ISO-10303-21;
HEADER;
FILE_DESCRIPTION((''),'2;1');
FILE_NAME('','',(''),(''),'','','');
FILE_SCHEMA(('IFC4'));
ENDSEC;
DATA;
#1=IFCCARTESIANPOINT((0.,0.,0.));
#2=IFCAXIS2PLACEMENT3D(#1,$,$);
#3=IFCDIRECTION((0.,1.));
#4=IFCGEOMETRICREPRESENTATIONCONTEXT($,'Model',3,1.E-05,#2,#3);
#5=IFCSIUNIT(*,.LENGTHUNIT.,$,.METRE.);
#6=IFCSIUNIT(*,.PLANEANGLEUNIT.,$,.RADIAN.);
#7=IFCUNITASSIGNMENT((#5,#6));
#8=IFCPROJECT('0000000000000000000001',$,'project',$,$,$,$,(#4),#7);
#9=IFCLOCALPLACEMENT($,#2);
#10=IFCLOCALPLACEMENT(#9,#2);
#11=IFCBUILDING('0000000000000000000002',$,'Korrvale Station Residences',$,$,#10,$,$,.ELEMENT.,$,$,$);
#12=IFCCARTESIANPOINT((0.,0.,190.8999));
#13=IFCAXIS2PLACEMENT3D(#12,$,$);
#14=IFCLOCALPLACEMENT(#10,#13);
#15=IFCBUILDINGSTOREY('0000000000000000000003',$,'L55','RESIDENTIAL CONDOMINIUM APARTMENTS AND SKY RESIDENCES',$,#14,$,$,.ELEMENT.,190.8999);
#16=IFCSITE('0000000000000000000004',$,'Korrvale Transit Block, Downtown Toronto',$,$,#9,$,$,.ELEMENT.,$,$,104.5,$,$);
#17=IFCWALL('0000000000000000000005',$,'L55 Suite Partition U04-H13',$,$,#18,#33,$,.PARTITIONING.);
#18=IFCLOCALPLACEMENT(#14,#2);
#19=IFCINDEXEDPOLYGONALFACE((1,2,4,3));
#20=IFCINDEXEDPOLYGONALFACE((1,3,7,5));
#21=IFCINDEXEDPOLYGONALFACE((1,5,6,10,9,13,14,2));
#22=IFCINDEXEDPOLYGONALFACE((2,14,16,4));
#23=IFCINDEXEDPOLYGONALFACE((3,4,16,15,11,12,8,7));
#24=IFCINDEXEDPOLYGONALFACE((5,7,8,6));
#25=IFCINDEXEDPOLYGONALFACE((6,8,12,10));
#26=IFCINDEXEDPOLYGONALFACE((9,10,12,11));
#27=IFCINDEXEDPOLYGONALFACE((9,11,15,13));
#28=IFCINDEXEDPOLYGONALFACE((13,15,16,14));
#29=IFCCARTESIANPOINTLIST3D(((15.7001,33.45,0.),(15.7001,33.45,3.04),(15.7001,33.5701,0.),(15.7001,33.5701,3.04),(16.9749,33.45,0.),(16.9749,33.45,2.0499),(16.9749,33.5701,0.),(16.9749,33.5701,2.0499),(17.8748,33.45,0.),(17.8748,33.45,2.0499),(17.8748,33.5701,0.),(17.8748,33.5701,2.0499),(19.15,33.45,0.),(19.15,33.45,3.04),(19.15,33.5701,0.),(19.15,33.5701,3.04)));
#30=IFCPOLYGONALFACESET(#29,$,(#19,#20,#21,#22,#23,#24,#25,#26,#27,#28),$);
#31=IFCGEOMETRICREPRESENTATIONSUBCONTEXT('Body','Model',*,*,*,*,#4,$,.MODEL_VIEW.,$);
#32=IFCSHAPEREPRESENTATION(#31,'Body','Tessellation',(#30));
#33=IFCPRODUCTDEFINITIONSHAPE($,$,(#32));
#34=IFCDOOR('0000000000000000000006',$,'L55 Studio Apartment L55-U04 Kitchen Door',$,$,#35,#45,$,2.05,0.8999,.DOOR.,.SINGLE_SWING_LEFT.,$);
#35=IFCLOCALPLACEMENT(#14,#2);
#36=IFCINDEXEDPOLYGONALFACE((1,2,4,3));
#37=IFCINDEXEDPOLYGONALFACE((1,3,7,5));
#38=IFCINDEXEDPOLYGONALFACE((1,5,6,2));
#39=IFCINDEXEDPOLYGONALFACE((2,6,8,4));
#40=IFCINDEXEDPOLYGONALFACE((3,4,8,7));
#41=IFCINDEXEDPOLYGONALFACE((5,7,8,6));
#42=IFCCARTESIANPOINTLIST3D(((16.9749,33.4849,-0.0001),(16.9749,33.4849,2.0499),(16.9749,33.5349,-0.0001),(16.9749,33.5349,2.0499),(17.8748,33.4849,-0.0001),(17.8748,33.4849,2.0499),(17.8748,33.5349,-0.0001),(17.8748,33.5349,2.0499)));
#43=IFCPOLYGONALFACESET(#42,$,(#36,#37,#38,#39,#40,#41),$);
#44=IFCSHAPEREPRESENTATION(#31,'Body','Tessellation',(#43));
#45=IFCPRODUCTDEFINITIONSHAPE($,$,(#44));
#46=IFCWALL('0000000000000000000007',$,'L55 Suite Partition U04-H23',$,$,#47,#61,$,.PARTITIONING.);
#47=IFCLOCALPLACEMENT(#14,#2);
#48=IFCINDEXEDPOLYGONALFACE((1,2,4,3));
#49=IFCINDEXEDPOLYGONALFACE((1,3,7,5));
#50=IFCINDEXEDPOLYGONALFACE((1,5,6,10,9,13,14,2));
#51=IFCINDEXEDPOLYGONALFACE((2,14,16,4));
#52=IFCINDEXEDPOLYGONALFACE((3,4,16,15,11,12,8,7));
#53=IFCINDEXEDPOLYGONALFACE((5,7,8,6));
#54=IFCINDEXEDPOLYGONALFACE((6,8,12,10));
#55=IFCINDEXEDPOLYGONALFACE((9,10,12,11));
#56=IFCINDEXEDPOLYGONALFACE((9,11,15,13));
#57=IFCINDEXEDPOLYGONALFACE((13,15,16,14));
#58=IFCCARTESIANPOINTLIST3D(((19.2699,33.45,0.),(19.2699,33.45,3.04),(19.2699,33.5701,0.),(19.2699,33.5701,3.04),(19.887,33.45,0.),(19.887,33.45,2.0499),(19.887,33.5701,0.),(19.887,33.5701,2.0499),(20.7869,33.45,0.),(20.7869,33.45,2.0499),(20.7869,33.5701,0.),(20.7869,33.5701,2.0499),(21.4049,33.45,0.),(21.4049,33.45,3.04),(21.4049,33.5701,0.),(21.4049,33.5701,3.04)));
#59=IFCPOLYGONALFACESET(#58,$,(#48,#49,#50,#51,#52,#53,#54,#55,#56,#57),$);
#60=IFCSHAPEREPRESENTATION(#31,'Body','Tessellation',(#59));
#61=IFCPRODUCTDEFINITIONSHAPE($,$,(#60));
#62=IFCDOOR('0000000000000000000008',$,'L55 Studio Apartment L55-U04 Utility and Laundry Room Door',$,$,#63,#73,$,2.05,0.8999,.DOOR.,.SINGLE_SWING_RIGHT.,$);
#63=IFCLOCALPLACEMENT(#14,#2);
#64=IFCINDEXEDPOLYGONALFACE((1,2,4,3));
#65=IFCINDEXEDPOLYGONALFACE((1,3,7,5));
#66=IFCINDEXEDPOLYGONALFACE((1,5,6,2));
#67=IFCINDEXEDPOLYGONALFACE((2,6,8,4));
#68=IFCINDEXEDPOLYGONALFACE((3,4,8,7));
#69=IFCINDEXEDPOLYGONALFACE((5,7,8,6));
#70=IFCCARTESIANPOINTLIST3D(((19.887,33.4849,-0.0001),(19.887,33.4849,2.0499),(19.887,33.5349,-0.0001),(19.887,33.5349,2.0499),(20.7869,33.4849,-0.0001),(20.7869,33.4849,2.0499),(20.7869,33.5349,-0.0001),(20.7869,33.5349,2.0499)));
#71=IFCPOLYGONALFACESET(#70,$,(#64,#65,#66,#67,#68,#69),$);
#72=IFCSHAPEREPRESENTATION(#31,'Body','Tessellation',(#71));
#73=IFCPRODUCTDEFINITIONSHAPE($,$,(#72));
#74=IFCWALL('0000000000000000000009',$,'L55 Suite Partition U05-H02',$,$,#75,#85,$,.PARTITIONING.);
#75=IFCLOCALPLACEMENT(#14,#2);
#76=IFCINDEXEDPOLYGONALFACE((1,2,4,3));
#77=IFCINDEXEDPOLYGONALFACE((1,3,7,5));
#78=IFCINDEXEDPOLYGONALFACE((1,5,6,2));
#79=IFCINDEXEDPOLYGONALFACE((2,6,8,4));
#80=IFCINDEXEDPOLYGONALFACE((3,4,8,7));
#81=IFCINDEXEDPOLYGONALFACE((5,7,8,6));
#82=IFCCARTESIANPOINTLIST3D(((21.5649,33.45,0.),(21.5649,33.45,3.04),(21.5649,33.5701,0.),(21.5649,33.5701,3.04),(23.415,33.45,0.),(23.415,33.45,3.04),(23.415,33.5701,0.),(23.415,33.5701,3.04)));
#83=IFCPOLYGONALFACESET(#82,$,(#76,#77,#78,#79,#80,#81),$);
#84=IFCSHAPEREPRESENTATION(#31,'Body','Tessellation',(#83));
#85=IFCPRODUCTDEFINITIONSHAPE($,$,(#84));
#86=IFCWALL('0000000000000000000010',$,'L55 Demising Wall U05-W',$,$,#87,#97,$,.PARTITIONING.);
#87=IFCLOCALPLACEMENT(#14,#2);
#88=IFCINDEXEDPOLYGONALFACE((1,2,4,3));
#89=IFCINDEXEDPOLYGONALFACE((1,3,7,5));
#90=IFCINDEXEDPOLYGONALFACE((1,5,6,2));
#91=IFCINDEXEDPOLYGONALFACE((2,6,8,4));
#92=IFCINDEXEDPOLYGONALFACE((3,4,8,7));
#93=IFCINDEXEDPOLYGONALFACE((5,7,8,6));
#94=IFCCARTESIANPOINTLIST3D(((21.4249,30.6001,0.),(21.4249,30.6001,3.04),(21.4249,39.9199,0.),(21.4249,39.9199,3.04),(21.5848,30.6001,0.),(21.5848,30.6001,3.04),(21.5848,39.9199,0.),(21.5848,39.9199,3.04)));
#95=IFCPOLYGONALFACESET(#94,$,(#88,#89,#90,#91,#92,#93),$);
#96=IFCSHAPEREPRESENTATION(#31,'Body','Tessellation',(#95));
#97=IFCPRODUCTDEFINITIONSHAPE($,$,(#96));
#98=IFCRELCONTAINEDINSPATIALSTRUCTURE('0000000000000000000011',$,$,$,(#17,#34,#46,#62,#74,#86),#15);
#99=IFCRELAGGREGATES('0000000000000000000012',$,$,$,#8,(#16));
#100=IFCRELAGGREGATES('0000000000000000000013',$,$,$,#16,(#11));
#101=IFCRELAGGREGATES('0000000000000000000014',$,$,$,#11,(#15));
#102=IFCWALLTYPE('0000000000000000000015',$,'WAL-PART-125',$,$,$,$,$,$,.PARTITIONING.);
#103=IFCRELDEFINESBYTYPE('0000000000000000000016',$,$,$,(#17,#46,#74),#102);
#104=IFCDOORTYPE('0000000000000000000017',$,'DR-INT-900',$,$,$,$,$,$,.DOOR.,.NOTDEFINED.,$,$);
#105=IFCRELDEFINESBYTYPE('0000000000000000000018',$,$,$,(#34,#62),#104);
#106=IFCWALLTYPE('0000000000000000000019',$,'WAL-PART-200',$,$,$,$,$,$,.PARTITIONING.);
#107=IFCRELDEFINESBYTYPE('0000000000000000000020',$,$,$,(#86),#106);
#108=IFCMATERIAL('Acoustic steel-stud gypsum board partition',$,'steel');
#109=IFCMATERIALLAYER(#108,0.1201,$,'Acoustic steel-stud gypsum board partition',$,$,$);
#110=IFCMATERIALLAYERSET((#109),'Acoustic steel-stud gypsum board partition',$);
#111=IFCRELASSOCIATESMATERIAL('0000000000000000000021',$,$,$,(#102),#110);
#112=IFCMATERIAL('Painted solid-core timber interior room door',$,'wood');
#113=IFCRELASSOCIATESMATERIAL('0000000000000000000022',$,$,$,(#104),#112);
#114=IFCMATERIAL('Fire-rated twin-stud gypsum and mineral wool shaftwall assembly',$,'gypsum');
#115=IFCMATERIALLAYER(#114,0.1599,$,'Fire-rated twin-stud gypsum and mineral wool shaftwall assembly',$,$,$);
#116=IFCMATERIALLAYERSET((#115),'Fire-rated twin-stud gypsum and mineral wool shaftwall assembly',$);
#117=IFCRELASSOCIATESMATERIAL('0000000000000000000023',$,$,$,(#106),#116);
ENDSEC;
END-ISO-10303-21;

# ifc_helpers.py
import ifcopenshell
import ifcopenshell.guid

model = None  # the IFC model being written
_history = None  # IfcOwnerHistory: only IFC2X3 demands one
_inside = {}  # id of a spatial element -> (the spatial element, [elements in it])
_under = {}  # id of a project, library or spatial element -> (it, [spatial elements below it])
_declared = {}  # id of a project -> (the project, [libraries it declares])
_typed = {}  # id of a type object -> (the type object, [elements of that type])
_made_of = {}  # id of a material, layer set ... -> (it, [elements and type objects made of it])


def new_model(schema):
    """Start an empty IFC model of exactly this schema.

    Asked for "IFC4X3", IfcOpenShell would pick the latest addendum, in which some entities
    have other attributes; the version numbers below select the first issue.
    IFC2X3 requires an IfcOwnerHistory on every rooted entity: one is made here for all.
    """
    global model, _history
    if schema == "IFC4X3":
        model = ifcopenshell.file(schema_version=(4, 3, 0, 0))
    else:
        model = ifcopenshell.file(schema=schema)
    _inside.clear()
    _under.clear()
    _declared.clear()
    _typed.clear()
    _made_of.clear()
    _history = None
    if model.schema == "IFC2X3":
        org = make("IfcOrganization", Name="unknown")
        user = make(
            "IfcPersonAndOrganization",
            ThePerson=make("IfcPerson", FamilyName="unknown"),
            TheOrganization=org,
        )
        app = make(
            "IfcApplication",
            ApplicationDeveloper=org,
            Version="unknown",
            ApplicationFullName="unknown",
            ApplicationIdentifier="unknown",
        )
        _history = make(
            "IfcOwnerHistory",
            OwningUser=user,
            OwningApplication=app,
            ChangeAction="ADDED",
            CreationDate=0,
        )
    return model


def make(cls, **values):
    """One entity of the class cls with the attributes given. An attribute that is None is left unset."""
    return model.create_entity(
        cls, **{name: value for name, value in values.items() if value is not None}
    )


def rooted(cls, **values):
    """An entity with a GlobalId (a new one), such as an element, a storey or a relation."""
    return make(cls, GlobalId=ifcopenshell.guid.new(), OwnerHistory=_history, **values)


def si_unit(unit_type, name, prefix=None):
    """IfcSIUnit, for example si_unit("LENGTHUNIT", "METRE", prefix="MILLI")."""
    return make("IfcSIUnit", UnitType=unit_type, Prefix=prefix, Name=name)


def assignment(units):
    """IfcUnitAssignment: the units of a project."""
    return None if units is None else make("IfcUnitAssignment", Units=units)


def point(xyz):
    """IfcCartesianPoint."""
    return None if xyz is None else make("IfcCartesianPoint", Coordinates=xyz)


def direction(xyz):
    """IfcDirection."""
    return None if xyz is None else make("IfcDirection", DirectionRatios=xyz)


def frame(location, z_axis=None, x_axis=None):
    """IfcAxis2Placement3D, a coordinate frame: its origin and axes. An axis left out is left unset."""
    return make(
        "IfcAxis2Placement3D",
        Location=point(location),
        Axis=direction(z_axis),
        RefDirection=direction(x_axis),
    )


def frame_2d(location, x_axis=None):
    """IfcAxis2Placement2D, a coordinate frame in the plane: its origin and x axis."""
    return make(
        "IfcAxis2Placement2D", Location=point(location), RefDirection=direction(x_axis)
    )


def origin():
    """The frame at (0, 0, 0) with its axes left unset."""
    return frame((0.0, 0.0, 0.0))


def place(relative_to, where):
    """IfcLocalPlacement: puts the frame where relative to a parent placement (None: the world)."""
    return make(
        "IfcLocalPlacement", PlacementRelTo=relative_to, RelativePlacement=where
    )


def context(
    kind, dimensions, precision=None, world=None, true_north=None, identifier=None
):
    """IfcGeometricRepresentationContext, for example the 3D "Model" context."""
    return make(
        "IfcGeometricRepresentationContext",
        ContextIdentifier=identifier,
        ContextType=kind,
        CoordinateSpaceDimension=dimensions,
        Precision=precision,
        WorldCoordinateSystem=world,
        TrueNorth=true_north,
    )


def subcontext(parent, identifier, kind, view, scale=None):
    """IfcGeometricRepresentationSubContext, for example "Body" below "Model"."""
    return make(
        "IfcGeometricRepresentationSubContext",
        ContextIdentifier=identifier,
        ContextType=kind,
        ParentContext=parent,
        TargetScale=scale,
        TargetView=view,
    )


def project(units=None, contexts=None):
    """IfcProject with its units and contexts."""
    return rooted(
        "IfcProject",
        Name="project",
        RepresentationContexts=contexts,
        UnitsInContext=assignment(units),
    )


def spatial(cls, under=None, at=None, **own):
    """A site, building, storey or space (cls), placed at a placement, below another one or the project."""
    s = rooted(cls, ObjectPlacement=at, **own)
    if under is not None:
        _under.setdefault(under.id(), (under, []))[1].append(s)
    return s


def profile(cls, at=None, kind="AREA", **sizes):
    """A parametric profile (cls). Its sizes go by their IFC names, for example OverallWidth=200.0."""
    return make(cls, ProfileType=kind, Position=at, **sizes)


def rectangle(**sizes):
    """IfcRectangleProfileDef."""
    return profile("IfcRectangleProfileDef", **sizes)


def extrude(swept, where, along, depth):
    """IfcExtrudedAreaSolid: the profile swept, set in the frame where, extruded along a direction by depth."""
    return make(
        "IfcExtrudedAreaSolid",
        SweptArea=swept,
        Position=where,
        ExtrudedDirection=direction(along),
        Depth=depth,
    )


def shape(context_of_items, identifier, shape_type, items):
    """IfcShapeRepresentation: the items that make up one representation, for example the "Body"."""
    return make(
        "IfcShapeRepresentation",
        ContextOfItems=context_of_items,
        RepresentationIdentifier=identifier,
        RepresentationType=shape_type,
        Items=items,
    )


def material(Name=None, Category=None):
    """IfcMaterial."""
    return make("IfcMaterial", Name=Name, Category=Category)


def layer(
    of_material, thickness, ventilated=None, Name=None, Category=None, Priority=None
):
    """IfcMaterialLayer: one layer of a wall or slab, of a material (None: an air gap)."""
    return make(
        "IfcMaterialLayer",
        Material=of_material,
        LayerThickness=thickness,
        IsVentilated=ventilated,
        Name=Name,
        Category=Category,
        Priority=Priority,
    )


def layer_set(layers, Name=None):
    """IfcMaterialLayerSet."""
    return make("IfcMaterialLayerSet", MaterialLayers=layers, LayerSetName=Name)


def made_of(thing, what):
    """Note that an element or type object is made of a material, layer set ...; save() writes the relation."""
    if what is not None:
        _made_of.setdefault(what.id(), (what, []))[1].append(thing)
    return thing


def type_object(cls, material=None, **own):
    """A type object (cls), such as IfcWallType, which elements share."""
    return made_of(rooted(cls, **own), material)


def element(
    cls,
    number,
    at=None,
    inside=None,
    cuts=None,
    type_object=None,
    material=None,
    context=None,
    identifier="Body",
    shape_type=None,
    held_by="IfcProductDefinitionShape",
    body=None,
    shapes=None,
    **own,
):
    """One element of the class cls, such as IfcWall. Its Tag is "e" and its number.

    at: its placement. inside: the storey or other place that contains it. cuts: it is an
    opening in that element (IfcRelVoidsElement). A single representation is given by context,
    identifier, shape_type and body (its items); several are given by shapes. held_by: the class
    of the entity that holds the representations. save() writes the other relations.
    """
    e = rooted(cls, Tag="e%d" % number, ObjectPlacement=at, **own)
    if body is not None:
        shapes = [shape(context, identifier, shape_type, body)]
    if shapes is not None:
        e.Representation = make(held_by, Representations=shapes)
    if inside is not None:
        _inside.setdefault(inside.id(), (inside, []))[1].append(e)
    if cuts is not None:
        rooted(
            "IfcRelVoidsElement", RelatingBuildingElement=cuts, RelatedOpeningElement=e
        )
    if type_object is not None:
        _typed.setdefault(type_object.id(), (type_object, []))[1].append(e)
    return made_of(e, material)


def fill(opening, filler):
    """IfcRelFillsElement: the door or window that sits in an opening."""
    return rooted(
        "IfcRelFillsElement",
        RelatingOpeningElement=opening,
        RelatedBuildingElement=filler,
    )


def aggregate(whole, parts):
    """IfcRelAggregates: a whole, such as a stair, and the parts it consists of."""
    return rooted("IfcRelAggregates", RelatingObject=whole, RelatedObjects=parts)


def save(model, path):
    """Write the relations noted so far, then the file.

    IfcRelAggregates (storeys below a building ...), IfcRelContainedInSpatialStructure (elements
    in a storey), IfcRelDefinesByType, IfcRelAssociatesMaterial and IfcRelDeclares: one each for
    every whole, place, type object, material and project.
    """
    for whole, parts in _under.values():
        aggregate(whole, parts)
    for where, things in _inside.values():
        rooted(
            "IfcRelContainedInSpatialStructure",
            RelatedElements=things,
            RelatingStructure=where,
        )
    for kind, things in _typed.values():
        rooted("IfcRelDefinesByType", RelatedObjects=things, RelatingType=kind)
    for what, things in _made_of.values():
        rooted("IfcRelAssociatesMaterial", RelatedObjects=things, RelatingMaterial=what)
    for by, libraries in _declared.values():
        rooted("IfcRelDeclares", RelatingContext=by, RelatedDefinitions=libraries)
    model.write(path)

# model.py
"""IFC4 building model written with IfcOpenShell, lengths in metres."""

from ifc_helpers import new_model, si_unit, direction, frame, frame_2d, origin, place, context, subcontext, project, spatial, rectangle, extrude, material, layer, layer_set, type_object, element, fill, save


model = new_model("IFC4")

# Units and contexts
model_context = context("Model", 3, precision=1e-05, world=origin(), true_north=direction((0.0, 1.0)))
body_context = subcontext(model_context, "Body", "Model", "MODEL_VIEW")
ifc_project = project(units=[si_unit("LENGTHUNIT", "METRE"), si_unit("PLANEANGLEUNIT", "RADIAN")], contexts=[model_context])

# Site, building, storey
site_placement = place(None, origin())
site = spatial("IfcSite", under=ifc_project, at=site_placement, Name="Korrvale Transit Block, Downtown Toronto", CompositionType="ELEMENT", RefElevation=104.5)
building_placement = place(site_placement, origin())
building = spatial("IfcBuilding", under=site, at=building_placement, Name="Korrvale Station Residences", CompositionType="ELEMENT")
storey_placement = place(building_placement, frame((0.0, 0.0, 190.8999)))
storey = spatial("IfcBuildingStorey", under=building, at=storey_placement, Name="L55", Description="RESIDENTIAL CONDOMINIUM APARTMENTS AND SKY RESIDENCES", CompositionType="ELEMENT", Elevation=190.8999)

# Walls, openings, doors
ifc_material_1 = material(Name="Acoustic steel-stud gypsum board partition", Category="steel")
ifc_layer_1 = layer(ifc_material_1, 0.1201, Name="Acoustic steel-stud gypsum board partition")
ifc_layer_set_1 = layer_set([ifc_layer_1], Name="Acoustic steel-stud gypsum board partition")
wall_type_1 = type_object("IfcWallType", Name="WAL-PART-125", PredefinedType="PARTITIONING", material=ifc_layer_set_1)
ifc_material_2 = material(Name="Painted solid-core timber interior room door", Category="wood")
door_type_1 = type_object("IfcDoorType", Name="DR-INT-900", OperationType="NOTDEFINED", PredefinedType="DOOR", material=ifc_material_2)
wall_1_placement = place(storey_placement, frame((15.7, 33.51, 0.0), z_axis=(0.0, 0.0, 1.0), x_axis=(1.0, 0.0, 0.0)))
wall_1 = element("IfcWall", 1, at=wall_1_placement, inside=storey, type_object=wall_type_1, Name="L55 Suite Partition U04-H13", PredefinedType="PARTITIONING", context=body_context, shape_type="SweptSolid", body=[
    extrude(rectangle(XDim=3.45, YDim=0.1201, at=frame_2d((1.7251, 0.0))), origin(), (0.0, 0.0, 1.0), 3.04),
])
opening_1_placement = place(wall_1_placement, frame((1.2749, 0.0, 0.0)))
opening_1 = element("IfcOpeningElement", 2, at=opening_1_placement, cuts=wall_1, PredefinedType="OPENING", context=body_context, shape_type="SweptSolid", body=[
    extrude(rectangle(XDim=0.8999, YDim=2.05, at=frame_2d((0.45, 1.0249))), frame((0.0, 0.0701, 0.0), z_axis=(0.0, -1.0, 0.0), x_axis=(1.0, 0.0, 0.0)), (0.0, 0.0, 1.0), 0.1401),
])
door_1_placement = place(opening_1_placement, origin())
door_1 = element("IfcDoor", 3, at=door_1_placement, inside=storey, type_object=door_type_1, Name="L55 Studio Apartment L55-U04 Kitchen Door", OperationType="SINGLE_SWING_LEFT", OverallHeight=2.05, OverallWidth=0.8999, PredefinedType="DOOR", context=body_context, shape_type="SweptSolid", body=[
    extrude(rectangle(XDim=0.8999, YDim=2.05, at=frame_2d((0.45, 1.0249))), frame((0.0, 0.0249, 0.0), z_axis=(0.0, -1.0, 0.0), x_axis=(1.0, 0.0, 0.0)), (0.0, 0.0, 1.0), 0.05),
])
fill(opening_1, door_1)
wall_2_placement = place(storey_placement, frame((19.27, 33.51, 0.0), z_axis=(0.0, 0.0, 1.0), x_axis=(1.0, 0.0, 0.0)))
wall_2 = element("IfcWall", 4, at=wall_2_placement, inside=storey, type_object=wall_type_1, Name="L55 Suite Partition U04-H23", PredefinedType="PARTITIONING", context=body_context, shape_type="SweptSolid", body=[
    extrude(rectangle(XDim=2.135, YDim=0.1201, at=frame_2d((1.0674, 0.0))), origin(), (0.0, 0.0, 1.0), 3.04),
])
opening_2_placement = place(wall_2_placement, frame((0.6169, 0.0, 0.0)))
opening_2 = element("IfcOpeningElement", 5, at=opening_2_placement, cuts=wall_2, PredefinedType="OPENING", context=body_context, shape_type="SweptSolid", body=[
    extrude(rectangle(XDim=0.8999, YDim=2.05, at=frame_2d((0.45, 1.0249))), frame((0.0, 0.0701, 0.0), z_axis=(0.0, -1.0, 0.0), x_axis=(1.0, 0.0, 0.0)), (0.0, 0.0, 1.0), 0.1401),
])
door_2_placement = place(opening_2_placement, origin())
door_2 = element("IfcDoor", 6, at=door_2_placement, inside=storey, type_object=door_type_1, Name="L55 Studio Apartment L55-U04 Utility and Laundry Room Door", OperationType="SINGLE_SWING_RIGHT", OverallHeight=2.05, OverallWidth=0.8999, PredefinedType="DOOR", context=body_context, shape_type="SweptSolid", body=[
    extrude(rectangle(XDim=0.8999, YDim=2.05, at=frame_2d((0.45, 1.0249))), frame((0.0, 0.0249, 0.0), z_axis=(0.0, -1.0, 0.0), x_axis=(1.0, 0.0, 0.0)), (0.0, 0.0, 1.0), 0.05),
])
fill(opening_2, door_2)

# Walls
wall_3_placement = place(storey_placement, frame((21.5649, 33.51, 0.0), z_axis=(0.0, 0.0, 1.0), x_axis=(1.0, 0.0, 0.0)))
element("IfcWall", 7, at=wall_3_placement, inside=storey, type_object=wall_type_1, Name="L55 Suite Partition U05-H02", PredefinedType="PARTITIONING", context=body_context, shape_type="SweptSolid", body=[
    extrude(rectangle(XDim=1.8501, YDim=0.1201, at=frame_2d((0.925, 0.0))), origin(), (0.0, 0.0, 1.0), 3.04),
])
ifc_material_3 = material(Name="Fire-rated twin-stud gypsum and mineral wool shaftwall assembly", Category="gypsum")
ifc_layer_2 = layer(ifc_material_3, 0.1599, Name="Fire-rated twin-stud gypsum and mineral wool shaftwall assembly")
ifc_layer_set_2 = layer_set([ifc_layer_2], Name="Fire-rated twin-stud gypsum and mineral wool shaftwall assembly")
wall_type_2 = type_object("IfcWallType", Name="WAL-PART-200", PredefinedType="PARTITIONING", material=ifc_layer_set_2)
wall_4_placement = place(storey_placement, frame((21.5049, 30.6001, 0.0), z_axis=(0.0, 0.0, 1.0), x_axis=(0.0, 1.0, 0.0)))
element("IfcWall", 8, at=wall_4_placement, inside=storey, type_object=wall_type_2, Name="L55 Demising Wall U05-W", PredefinedType="PARTITIONING", context=body_context, shape_type="SweptSolid", body=[
    extrude(rectangle(XDim=9.3198, YDim=0.1599, at=frame_2d((4.6599, 0.0))), origin(), (0.0, 0.0, 1.0), 3.04),
])

save(model, "model.ifc")
